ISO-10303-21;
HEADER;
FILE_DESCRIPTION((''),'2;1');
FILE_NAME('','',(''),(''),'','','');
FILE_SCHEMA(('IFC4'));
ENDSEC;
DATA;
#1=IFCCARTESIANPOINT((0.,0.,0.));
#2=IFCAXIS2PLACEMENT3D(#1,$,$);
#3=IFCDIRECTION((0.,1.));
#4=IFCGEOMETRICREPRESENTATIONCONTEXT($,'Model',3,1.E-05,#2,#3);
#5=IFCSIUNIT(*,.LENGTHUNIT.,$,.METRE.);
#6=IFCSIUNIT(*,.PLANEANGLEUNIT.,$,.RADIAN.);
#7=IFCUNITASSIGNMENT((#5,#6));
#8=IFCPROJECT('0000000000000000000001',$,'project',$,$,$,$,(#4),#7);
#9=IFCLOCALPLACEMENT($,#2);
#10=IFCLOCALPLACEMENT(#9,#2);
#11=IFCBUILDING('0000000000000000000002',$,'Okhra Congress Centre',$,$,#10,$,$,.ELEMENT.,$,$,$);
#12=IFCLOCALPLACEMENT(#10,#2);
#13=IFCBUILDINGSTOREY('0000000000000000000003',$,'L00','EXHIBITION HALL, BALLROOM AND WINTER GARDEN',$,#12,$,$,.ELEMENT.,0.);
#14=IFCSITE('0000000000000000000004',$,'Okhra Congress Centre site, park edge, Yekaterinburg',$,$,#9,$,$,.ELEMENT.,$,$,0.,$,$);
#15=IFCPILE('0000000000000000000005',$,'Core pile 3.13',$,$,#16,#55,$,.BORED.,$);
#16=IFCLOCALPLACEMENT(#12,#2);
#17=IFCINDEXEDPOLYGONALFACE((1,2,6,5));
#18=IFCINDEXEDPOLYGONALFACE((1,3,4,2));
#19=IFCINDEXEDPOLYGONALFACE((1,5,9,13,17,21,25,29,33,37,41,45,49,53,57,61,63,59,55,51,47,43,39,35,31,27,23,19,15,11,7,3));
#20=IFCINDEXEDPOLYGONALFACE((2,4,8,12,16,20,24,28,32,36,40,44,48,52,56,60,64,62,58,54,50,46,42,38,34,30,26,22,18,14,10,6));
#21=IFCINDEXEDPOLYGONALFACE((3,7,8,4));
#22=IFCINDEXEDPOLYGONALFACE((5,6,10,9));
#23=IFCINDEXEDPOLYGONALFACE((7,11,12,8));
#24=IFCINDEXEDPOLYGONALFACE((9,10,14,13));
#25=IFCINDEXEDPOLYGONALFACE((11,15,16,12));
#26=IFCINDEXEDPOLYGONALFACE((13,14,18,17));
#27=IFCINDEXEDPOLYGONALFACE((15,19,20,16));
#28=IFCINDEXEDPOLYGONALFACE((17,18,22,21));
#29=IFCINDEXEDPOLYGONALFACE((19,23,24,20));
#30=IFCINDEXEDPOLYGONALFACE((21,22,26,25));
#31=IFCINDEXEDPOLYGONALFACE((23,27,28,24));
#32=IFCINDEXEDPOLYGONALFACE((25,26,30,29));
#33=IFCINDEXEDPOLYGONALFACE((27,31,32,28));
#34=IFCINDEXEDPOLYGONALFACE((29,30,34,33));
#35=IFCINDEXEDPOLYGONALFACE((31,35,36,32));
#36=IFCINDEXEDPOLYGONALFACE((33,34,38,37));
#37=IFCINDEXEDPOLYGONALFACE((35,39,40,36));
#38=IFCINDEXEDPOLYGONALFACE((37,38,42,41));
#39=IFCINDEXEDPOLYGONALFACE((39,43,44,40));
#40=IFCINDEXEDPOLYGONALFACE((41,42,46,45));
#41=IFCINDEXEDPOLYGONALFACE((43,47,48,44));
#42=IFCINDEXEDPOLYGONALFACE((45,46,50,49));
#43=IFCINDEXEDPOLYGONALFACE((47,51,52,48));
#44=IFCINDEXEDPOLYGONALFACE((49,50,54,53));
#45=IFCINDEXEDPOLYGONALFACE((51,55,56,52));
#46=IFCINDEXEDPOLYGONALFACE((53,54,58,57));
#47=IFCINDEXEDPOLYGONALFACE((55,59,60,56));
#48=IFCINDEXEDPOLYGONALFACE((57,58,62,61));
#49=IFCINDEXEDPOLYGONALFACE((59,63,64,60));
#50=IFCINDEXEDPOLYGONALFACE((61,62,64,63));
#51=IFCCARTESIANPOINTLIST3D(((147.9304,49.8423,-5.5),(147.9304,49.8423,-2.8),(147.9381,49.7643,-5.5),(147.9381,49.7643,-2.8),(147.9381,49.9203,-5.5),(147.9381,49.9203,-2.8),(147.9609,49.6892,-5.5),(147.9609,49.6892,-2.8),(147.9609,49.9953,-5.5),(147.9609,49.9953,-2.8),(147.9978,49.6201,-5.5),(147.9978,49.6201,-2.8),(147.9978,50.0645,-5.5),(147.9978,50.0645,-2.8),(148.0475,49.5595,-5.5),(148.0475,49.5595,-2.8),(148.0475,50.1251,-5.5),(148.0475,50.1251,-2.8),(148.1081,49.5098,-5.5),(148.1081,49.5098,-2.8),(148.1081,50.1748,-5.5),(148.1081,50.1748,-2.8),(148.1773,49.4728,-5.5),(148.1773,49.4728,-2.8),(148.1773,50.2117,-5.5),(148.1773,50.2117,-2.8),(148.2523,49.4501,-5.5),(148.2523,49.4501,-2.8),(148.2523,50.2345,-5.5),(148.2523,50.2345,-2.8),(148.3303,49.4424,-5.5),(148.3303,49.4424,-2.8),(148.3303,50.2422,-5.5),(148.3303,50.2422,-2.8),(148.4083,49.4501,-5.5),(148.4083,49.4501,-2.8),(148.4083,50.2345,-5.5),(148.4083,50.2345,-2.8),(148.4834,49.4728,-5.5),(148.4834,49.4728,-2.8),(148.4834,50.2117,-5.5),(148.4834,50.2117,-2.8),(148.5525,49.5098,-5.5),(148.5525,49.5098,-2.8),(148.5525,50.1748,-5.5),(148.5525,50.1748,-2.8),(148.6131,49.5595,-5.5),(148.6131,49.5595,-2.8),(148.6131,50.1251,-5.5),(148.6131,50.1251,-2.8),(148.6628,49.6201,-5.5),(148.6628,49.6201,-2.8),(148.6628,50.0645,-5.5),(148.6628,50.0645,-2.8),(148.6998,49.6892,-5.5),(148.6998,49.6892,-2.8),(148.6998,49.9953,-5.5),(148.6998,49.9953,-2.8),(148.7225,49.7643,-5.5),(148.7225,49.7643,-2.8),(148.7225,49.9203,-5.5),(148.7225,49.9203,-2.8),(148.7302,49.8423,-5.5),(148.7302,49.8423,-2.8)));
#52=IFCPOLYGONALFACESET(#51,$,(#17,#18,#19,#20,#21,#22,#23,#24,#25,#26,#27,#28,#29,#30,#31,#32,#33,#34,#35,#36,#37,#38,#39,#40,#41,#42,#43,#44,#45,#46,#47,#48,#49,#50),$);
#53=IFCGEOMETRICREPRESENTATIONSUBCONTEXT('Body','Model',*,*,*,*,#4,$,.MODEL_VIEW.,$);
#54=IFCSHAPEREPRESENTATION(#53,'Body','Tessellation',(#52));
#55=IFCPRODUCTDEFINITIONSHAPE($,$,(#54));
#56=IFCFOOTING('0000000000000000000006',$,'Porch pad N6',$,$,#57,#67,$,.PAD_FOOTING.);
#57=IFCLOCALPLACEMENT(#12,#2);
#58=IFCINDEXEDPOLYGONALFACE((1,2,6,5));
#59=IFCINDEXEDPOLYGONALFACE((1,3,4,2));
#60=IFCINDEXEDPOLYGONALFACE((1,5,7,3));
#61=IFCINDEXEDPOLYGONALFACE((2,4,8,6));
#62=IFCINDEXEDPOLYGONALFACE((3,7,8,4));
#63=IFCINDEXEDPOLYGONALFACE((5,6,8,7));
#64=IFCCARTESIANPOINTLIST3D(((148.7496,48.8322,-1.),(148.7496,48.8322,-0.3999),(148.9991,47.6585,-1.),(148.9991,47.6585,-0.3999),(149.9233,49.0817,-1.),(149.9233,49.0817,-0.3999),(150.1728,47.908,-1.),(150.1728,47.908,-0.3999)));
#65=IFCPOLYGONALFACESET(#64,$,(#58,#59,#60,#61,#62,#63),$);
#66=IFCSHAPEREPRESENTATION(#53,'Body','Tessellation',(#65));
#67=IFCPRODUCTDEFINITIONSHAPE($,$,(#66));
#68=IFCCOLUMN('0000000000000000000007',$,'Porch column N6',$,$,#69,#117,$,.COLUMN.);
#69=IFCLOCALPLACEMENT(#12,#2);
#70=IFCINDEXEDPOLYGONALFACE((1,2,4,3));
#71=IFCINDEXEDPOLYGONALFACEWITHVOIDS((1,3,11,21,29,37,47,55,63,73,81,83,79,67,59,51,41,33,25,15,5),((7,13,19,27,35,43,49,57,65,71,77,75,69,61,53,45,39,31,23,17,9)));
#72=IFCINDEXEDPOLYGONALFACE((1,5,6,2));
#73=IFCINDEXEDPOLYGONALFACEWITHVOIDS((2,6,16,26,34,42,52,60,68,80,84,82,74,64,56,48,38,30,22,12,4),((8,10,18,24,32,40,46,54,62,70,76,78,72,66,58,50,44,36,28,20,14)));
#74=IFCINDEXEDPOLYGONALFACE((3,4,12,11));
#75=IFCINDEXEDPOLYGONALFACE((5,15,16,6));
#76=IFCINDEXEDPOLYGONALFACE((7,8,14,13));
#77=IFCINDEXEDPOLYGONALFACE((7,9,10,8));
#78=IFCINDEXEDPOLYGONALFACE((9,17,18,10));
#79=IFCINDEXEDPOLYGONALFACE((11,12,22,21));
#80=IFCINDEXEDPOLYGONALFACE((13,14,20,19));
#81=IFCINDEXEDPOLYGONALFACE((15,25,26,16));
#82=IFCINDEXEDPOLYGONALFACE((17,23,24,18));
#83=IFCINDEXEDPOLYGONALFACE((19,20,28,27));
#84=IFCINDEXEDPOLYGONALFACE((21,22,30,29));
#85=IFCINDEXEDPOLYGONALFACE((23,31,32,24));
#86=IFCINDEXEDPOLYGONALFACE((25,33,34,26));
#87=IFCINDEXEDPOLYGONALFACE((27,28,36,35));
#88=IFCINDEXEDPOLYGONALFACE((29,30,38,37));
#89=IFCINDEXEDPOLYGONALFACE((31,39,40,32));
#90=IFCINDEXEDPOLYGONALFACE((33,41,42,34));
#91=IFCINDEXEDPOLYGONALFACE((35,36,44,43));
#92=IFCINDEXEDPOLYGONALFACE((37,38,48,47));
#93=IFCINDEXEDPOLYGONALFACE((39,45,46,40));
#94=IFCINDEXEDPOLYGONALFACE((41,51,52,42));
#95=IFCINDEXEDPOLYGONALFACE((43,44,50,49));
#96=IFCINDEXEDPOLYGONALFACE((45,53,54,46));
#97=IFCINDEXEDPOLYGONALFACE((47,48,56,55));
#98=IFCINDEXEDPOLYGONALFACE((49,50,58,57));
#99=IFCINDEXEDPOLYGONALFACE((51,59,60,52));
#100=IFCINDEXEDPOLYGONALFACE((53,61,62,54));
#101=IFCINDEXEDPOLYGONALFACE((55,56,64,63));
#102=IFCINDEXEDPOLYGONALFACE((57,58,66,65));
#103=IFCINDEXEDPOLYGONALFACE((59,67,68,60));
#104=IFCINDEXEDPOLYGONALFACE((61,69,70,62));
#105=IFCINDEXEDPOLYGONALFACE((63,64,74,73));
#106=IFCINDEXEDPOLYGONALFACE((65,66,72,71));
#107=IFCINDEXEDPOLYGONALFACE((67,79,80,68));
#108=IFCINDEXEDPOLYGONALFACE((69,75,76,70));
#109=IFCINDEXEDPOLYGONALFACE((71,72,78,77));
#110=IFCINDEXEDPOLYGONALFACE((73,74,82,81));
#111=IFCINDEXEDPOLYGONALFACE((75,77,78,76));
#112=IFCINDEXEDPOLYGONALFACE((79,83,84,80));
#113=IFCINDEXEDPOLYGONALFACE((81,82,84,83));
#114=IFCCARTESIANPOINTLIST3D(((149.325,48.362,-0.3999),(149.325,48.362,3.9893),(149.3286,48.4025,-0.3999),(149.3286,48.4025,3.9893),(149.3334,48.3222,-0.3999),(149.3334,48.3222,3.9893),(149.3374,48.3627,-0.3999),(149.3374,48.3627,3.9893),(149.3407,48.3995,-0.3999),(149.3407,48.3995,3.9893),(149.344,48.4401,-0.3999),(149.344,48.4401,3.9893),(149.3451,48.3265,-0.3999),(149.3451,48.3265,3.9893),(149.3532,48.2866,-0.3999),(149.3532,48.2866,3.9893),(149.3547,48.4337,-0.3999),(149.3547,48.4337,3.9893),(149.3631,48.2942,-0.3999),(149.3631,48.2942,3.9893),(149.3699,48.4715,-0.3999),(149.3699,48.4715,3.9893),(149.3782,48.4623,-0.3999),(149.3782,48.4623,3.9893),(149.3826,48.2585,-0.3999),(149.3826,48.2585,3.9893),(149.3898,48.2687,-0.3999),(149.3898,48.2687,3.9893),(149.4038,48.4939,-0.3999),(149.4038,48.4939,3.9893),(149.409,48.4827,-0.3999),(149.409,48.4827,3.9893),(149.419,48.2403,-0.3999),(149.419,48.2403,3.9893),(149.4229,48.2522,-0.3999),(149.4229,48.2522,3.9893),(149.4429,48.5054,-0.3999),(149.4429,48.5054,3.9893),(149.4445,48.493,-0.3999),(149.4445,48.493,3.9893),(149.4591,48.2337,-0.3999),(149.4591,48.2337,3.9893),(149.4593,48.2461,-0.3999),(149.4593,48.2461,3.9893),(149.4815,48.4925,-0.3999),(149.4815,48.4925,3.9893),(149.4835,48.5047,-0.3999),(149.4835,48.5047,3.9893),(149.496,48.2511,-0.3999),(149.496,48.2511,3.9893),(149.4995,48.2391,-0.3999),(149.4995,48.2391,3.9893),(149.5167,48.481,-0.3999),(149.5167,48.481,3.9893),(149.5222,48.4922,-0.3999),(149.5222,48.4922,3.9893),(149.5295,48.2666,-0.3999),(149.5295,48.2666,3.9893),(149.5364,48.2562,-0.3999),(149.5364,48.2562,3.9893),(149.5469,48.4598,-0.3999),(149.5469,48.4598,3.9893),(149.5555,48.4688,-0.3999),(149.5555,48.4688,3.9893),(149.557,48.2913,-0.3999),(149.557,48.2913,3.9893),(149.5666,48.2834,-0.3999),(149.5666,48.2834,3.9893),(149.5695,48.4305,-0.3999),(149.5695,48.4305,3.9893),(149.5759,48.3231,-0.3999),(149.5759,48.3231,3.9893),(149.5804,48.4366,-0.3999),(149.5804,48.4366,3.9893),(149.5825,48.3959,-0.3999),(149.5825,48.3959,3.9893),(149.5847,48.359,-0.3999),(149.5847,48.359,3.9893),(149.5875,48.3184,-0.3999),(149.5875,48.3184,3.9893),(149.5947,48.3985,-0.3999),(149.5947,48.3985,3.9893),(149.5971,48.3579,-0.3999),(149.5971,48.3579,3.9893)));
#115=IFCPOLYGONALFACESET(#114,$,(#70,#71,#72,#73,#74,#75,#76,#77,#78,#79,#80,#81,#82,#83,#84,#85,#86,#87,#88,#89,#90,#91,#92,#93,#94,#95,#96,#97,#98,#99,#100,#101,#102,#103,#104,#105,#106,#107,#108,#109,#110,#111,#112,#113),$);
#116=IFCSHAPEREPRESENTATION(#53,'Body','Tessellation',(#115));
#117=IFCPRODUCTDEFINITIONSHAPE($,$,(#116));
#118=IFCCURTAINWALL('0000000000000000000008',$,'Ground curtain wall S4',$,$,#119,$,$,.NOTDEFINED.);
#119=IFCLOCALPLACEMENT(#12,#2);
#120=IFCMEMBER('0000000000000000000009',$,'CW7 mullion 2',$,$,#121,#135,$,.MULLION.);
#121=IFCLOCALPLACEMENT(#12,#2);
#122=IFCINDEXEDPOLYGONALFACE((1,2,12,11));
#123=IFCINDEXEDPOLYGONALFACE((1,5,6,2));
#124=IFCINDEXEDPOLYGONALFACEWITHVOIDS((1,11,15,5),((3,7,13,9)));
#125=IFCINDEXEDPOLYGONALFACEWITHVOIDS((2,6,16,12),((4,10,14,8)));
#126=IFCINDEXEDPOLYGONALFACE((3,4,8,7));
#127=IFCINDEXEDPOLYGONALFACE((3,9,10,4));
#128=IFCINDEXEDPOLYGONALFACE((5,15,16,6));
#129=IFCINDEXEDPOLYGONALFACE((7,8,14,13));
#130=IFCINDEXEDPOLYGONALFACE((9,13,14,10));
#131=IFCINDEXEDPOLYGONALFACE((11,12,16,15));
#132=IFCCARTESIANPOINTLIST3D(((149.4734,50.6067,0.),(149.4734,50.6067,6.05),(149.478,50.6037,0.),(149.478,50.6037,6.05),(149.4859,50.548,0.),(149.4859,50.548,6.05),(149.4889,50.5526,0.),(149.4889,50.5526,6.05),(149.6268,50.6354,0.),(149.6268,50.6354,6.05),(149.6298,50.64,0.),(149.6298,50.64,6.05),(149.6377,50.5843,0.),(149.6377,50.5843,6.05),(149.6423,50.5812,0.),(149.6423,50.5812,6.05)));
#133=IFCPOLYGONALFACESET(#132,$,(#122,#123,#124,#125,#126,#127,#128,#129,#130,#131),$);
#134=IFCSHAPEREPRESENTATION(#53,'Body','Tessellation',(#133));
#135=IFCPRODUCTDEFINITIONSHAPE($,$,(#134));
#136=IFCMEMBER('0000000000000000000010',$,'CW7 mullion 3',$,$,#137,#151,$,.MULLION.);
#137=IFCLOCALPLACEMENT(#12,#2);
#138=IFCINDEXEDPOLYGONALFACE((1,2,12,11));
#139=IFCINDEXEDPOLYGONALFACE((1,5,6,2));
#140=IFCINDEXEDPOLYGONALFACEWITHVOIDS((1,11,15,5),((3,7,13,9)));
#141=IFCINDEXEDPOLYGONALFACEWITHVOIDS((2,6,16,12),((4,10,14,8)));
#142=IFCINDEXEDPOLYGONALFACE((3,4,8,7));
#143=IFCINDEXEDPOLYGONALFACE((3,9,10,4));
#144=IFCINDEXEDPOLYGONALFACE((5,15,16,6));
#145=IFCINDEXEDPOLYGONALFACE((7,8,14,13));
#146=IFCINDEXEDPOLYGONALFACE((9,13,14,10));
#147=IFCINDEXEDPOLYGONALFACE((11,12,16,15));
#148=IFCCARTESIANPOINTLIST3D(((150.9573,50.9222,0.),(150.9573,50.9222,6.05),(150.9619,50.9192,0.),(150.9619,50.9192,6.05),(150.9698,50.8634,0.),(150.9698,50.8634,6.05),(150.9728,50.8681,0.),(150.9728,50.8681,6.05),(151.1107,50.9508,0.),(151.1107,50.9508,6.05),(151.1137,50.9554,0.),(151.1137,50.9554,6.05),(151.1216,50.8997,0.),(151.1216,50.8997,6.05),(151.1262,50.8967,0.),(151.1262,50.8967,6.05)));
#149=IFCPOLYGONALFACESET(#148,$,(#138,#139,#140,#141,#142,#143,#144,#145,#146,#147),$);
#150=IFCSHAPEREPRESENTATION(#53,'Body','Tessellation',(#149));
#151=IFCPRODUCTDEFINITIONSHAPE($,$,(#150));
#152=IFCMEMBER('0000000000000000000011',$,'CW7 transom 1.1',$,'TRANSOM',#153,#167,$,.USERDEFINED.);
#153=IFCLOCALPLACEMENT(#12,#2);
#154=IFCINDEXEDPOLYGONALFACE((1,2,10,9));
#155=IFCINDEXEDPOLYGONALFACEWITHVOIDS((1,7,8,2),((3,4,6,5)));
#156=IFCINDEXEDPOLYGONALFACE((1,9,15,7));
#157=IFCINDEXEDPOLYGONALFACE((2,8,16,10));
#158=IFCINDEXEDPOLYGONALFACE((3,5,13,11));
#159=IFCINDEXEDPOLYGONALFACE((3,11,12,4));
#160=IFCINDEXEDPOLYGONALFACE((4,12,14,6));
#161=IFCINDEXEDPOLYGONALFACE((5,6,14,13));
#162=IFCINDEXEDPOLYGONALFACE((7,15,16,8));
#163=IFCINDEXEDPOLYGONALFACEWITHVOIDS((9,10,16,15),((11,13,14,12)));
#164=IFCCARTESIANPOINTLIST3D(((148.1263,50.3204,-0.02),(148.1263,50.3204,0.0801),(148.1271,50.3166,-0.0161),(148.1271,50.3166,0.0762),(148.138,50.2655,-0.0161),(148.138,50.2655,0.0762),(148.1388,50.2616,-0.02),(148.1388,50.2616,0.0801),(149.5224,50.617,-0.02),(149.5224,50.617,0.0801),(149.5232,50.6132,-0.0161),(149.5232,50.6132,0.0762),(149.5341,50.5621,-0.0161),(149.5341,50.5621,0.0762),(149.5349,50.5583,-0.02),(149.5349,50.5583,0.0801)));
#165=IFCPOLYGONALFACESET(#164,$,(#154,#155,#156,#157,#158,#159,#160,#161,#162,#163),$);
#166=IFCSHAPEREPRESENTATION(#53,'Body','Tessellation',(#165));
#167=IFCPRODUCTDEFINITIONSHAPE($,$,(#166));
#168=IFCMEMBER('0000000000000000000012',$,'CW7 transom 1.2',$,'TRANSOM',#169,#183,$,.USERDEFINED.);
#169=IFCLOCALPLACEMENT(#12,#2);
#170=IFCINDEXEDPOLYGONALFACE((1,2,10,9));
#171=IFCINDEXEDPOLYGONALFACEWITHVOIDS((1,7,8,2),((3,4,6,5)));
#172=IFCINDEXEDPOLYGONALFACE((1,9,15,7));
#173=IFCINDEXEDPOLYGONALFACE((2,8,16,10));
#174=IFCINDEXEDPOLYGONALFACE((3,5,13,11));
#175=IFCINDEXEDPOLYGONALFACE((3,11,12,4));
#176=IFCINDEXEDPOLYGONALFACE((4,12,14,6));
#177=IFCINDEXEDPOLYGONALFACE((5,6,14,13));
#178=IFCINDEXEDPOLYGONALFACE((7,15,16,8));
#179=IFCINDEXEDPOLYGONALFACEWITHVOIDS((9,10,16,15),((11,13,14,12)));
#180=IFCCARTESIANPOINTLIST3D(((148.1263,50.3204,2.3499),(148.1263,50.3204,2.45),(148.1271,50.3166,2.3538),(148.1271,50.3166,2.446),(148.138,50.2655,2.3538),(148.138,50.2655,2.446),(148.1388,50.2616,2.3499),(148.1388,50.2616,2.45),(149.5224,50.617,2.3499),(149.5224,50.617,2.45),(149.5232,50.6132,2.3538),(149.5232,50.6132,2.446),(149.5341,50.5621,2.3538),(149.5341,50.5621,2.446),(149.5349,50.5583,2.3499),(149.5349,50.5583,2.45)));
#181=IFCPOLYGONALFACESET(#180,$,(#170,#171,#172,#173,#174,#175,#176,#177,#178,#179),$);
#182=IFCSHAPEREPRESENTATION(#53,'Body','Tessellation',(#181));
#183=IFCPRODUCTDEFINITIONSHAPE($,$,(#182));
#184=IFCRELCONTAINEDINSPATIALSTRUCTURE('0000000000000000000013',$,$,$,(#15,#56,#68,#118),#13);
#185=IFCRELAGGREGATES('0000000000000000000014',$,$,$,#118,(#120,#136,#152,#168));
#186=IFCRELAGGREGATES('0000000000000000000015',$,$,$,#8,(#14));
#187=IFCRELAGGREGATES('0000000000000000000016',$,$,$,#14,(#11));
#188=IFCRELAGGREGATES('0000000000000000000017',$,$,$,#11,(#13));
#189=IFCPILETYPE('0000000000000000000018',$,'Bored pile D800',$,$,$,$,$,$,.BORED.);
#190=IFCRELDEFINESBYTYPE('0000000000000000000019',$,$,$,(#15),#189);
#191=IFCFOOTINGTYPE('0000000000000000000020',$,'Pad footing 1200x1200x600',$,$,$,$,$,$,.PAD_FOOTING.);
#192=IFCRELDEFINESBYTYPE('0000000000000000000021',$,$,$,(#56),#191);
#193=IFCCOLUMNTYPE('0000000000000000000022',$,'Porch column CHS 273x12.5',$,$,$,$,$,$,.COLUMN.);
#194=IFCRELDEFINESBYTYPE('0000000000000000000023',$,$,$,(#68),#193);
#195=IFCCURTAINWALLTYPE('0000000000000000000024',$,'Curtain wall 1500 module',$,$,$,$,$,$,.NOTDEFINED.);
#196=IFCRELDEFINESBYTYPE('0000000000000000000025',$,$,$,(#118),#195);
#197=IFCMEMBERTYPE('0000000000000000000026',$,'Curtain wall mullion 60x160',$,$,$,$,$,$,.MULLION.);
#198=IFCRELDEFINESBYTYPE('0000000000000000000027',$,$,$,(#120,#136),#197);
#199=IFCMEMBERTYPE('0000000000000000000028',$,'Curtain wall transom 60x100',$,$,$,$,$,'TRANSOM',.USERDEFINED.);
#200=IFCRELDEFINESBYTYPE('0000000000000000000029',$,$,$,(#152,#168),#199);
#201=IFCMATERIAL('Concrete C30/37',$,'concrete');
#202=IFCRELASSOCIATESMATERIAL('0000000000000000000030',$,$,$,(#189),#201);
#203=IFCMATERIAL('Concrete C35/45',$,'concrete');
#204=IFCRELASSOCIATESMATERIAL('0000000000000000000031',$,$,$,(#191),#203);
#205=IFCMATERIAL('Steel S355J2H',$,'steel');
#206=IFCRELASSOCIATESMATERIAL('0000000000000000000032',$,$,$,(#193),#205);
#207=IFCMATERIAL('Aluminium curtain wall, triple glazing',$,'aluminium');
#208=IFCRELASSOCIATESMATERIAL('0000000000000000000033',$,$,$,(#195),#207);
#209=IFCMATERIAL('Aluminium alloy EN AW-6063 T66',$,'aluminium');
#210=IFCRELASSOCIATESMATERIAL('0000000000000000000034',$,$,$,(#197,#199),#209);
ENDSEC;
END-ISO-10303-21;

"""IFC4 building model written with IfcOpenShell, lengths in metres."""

from ifc_helpers import new_model, si_unit, direction, frame, origin, origin_2d, place, context, subcontext, project, spatial, rectangle, hollow_rectangle, circle, hollow_circle, extrude, material, material_profile, profile_set, type_object, element, aggregate, save


model = new_model("IFC4")

# Units and contexts
model_context = context("Model", 3, precision=1e-05, world=origin(), true_north=direction((0.0, 1.0)))
body_context = subcontext(model_context, "Body", "Model", "MODEL_VIEW")
ifc_project = project(units=[si_unit("LENGTHUNIT", "METRE"), si_unit("PLANEANGLEUNIT", "RADIAN")], contexts=[model_context])

# Site, building, storey
site_placement = place(None, origin())
site = spatial("IfcSite", under=ifc_project, at=site_placement, Name="Okhra Congress Centre site, park edge, Yekaterinburg", CompositionType="ELEMENT", RefElevation=0.0)
building_placement = place(site_placement, origin())
building = spatial("IfcBuilding", under=site, at=building_placement, Name="Okhra Congress Centre", CompositionType="ELEMENT")
storey_placement = place(building_placement, origin())
storey = spatial("IfcBuildingStorey", under=building, at=storey_placement, Name="L00", Description="EXHIBITION HALL, BALLROOM AND WINTER GARDEN", CompositionType="ELEMENT", Elevation=0.0)

# Pile
ifc_material_1 = material(Name="Concrete C30/37", Category="concrete")
ifc_material_profile_1 = material_profile(ifc_material_1, circle(Radius=0.3999, at=origin_2d()), Name="D800")
ifc_profile_set_1 = profile_set([ifc_material_profile_1], Name="Concrete C30/37")
pile_type = type_object("IfcPileType", Name="Bored pile D800", PredefinedType="BORED", material=ifc_profile_set_1)
pile_placement = place(storey_placement, frame((148.3303, 49.8423, -2.8), z_axis=(0.0, 0.0, -1.0), x_axis=(1.0, 0.0, 0.0)))
element("IfcPile", 1, at=pile_placement, inside=storey, type_object=pile_type, Name="Core pile 3.13", PredefinedType="BORED", context=body_context, shape_type="SweptSolid", body=[
    extrude(circle(Radius=0.3999, at=origin_2d()), origin(), (0.0, 0.0, 1.0), 2.7),
])

# Footing
ifc_material_2 = material(Name="Concrete C35/45", Category="concrete")
footing_type = type_object("IfcFootingType", Name="Pad footing 1200x1200x600", PredefinedType="PAD_FOOTING", material=ifc_material_2)
footing_placement = place(storey_placement, frame((149.4612, 48.3701, -1.0), z_axis=(0.0, 0.0, 1.0), x_axis=(0.978148, 0.207912, 0.0)))
element("IfcFooting", 2, at=footing_placement, inside=storey, type_object=footing_type, Name="Porch pad N6", PredefinedType="PAD_FOOTING", context=body_context, shape_type="SweptSolid", body=[
    extrude(rectangle(XDim=1.2, YDim=1.2, at=origin_2d()), origin(), (0.0, 0.0, 1.0), 0.6001),
])

# Column
ifc_material_3 = material(Name="Steel S355J2H", Category="steel")
ifc_material_profile_2 = material_profile(ifc_material_3, hollow_circle(Radius=0.1365, WallThickness=0.0125, at=origin_2d()), Name="CHS 273x12.5")
ifc_profile_set_2 = profile_set([ifc_material_profile_2], Name="Steel S355J2H")
column_type = type_object("IfcColumnType", Name="Porch column CHS 273x12.5", PredefinedType="COLUMN", material=ifc_profile_set_2)
column_placement = place(storey_placement, frame((149.4612, 48.3701, -0.3999), z_axis=(0.0, 0.0, 1.0), x_axis=(0.978148, 0.207912, 0.0)))
element("IfcColumn", 3, at=column_placement, inside=storey, type_object=column_type, Name="Porch column N6", PredefinedType="COLUMN", context=body_context, shape_type="SweptSolid", body=[
    extrude(hollow_circle(Radius=0.1365, WallThickness=0.0125, at=origin_2d()), origin(), (0.0, 0.0, 1.0), 4.3892),
])

# Curtain wall, members
ifc_material_4 = material(Name="Aluminium curtain wall, triple glazing", Category="aluminium")
curtain_wall_type = type_object("IfcCurtainWallType", Name="Curtain wall 1500 module", PredefinedType="NOTDEFINED", material=ifc_material_4)
curtain_wall_placement = place(storey_placement, origin())
curtain_wall = element("IfcCurtainWall", 4, at=curtain_wall_placement, inside=storey, type_object=curtain_wall_type, Name="Ground curtain wall S4", PredefinedType="NOTDEFINED")
ifc_material_5 = material(Name="Aluminium alloy EN AW-6063 T66", Category="aluminium")
ifc_material_profile_3 = material_profile(ifc_material_5, hollow_rectangle(XDim=0.0601, YDim=0.1599, WallThickness=0.0039, at=origin_2d()), Name="RHS 60x160x4")
ifc_profile_set_3 = profile_set([ifc_material_profile_3], Name="Aluminium alloy EN AW-6063 T66")
member_type_1 = type_object("IfcMemberType", Name="Curtain wall mullion 60x160", PredefinedType="MULLION", material=ifc_profile_set_3)
member_1_placement = place(storey_placement, frame((149.5579, 50.594, 0.0), z_axis=(0.0, 0.0, 1.0), x_axis=(-0.207912, 0.978148, 0.0)))
member_1 = element("IfcMember", 5, at=member_1_placement, type_object=member_type_1, Name="CW7 mullion 2", PredefinedType="MULLION", context=body_context, shape_type="SweptSolid", body=[
    extrude(hollow_rectangle(XDim=0.0601, YDim=0.1599, WallThickness=0.0039, at=origin_2d()), origin(), (0.0, 0.0, 1.0), 6.05),
])
member_2_placement = place(storey_placement, frame((151.0417, 50.9094, 0.0), z_axis=(0.0, 0.0, 1.0), x_axis=(-0.207912, 0.978148, 0.0)))
member_2 = element("IfcMember", 6, at=member_2_placement, type_object=member_type_1, Name="CW7 mullion 3", PredefinedType="MULLION", context=body_context, shape_type="SweptSolid", body=[
    extrude(hollow_rectangle(XDim=0.0601, YDim=0.1599, WallThickness=0.0039, at=origin_2d()), origin(), (0.0, 0.0, 1.0), 6.05),
])
ifc_material_profile_4 = material_profile(ifc_material_5, hollow_rectangle(XDim=0.0601, YDim=0.1001, WallThickness=0.0039, at=origin_2d()), Name="RHS 60x100x4")
ifc_profile_set_4 = profile_set([ifc_material_profile_4], Name="Aluminium alloy EN AW-6063 T66")
member_type_2 = type_object("IfcMemberType", Name="Curtain wall transom 60x100", ElementType="TRANSOM", PredefinedType="USERDEFINED", material=ifc_profile_set_4)
member_3_placement = place(storey_placement, frame((148.1326, 50.291, 0.03), z_axis=(0.978161, 0.207846, 0.0), x_axis=(-0.207846, 0.978161, 0.0)))
member_3 = element("IfcMember", 7, at=member_3_placement, type_object=member_type_2, Name="CW7 transom 1.1", ObjectType="TRANSOM", PredefinedType="USERDEFINED", context=body_context, shape_type="SweptSolid", body=[
    extrude(hollow_rectangle(XDim=0.0601, YDim=0.1001, WallThickness=0.0039, at=origin_2d()), origin(), (0.0, 0.0, 1.0), 1.4272),
])
member_4_placement = place(storey_placement, frame((148.1326, 50.291, 2.3999), z_axis=(0.978161, 0.207846, 0.0), x_axis=(-0.207846, 0.978161, 0.0)))
member_4 = element("IfcMember", 8, at=member_4_placement, type_object=member_type_2, Name="CW7 transom 1.2", ObjectType="TRANSOM", PredefinedType="USERDEFINED", context=body_context, shape_type="SweptSolid", body=[
    extrude(hollow_rectangle(XDim=0.0601, YDim=0.1001, WallThickness=0.0039, at=origin_2d()), origin(), (0.0, 0.0, 1.0), 1.4272),
])
aggregate(curtain_wall, [member_1, member_2, member_3, member_4])

save(model, "model.ifc")
